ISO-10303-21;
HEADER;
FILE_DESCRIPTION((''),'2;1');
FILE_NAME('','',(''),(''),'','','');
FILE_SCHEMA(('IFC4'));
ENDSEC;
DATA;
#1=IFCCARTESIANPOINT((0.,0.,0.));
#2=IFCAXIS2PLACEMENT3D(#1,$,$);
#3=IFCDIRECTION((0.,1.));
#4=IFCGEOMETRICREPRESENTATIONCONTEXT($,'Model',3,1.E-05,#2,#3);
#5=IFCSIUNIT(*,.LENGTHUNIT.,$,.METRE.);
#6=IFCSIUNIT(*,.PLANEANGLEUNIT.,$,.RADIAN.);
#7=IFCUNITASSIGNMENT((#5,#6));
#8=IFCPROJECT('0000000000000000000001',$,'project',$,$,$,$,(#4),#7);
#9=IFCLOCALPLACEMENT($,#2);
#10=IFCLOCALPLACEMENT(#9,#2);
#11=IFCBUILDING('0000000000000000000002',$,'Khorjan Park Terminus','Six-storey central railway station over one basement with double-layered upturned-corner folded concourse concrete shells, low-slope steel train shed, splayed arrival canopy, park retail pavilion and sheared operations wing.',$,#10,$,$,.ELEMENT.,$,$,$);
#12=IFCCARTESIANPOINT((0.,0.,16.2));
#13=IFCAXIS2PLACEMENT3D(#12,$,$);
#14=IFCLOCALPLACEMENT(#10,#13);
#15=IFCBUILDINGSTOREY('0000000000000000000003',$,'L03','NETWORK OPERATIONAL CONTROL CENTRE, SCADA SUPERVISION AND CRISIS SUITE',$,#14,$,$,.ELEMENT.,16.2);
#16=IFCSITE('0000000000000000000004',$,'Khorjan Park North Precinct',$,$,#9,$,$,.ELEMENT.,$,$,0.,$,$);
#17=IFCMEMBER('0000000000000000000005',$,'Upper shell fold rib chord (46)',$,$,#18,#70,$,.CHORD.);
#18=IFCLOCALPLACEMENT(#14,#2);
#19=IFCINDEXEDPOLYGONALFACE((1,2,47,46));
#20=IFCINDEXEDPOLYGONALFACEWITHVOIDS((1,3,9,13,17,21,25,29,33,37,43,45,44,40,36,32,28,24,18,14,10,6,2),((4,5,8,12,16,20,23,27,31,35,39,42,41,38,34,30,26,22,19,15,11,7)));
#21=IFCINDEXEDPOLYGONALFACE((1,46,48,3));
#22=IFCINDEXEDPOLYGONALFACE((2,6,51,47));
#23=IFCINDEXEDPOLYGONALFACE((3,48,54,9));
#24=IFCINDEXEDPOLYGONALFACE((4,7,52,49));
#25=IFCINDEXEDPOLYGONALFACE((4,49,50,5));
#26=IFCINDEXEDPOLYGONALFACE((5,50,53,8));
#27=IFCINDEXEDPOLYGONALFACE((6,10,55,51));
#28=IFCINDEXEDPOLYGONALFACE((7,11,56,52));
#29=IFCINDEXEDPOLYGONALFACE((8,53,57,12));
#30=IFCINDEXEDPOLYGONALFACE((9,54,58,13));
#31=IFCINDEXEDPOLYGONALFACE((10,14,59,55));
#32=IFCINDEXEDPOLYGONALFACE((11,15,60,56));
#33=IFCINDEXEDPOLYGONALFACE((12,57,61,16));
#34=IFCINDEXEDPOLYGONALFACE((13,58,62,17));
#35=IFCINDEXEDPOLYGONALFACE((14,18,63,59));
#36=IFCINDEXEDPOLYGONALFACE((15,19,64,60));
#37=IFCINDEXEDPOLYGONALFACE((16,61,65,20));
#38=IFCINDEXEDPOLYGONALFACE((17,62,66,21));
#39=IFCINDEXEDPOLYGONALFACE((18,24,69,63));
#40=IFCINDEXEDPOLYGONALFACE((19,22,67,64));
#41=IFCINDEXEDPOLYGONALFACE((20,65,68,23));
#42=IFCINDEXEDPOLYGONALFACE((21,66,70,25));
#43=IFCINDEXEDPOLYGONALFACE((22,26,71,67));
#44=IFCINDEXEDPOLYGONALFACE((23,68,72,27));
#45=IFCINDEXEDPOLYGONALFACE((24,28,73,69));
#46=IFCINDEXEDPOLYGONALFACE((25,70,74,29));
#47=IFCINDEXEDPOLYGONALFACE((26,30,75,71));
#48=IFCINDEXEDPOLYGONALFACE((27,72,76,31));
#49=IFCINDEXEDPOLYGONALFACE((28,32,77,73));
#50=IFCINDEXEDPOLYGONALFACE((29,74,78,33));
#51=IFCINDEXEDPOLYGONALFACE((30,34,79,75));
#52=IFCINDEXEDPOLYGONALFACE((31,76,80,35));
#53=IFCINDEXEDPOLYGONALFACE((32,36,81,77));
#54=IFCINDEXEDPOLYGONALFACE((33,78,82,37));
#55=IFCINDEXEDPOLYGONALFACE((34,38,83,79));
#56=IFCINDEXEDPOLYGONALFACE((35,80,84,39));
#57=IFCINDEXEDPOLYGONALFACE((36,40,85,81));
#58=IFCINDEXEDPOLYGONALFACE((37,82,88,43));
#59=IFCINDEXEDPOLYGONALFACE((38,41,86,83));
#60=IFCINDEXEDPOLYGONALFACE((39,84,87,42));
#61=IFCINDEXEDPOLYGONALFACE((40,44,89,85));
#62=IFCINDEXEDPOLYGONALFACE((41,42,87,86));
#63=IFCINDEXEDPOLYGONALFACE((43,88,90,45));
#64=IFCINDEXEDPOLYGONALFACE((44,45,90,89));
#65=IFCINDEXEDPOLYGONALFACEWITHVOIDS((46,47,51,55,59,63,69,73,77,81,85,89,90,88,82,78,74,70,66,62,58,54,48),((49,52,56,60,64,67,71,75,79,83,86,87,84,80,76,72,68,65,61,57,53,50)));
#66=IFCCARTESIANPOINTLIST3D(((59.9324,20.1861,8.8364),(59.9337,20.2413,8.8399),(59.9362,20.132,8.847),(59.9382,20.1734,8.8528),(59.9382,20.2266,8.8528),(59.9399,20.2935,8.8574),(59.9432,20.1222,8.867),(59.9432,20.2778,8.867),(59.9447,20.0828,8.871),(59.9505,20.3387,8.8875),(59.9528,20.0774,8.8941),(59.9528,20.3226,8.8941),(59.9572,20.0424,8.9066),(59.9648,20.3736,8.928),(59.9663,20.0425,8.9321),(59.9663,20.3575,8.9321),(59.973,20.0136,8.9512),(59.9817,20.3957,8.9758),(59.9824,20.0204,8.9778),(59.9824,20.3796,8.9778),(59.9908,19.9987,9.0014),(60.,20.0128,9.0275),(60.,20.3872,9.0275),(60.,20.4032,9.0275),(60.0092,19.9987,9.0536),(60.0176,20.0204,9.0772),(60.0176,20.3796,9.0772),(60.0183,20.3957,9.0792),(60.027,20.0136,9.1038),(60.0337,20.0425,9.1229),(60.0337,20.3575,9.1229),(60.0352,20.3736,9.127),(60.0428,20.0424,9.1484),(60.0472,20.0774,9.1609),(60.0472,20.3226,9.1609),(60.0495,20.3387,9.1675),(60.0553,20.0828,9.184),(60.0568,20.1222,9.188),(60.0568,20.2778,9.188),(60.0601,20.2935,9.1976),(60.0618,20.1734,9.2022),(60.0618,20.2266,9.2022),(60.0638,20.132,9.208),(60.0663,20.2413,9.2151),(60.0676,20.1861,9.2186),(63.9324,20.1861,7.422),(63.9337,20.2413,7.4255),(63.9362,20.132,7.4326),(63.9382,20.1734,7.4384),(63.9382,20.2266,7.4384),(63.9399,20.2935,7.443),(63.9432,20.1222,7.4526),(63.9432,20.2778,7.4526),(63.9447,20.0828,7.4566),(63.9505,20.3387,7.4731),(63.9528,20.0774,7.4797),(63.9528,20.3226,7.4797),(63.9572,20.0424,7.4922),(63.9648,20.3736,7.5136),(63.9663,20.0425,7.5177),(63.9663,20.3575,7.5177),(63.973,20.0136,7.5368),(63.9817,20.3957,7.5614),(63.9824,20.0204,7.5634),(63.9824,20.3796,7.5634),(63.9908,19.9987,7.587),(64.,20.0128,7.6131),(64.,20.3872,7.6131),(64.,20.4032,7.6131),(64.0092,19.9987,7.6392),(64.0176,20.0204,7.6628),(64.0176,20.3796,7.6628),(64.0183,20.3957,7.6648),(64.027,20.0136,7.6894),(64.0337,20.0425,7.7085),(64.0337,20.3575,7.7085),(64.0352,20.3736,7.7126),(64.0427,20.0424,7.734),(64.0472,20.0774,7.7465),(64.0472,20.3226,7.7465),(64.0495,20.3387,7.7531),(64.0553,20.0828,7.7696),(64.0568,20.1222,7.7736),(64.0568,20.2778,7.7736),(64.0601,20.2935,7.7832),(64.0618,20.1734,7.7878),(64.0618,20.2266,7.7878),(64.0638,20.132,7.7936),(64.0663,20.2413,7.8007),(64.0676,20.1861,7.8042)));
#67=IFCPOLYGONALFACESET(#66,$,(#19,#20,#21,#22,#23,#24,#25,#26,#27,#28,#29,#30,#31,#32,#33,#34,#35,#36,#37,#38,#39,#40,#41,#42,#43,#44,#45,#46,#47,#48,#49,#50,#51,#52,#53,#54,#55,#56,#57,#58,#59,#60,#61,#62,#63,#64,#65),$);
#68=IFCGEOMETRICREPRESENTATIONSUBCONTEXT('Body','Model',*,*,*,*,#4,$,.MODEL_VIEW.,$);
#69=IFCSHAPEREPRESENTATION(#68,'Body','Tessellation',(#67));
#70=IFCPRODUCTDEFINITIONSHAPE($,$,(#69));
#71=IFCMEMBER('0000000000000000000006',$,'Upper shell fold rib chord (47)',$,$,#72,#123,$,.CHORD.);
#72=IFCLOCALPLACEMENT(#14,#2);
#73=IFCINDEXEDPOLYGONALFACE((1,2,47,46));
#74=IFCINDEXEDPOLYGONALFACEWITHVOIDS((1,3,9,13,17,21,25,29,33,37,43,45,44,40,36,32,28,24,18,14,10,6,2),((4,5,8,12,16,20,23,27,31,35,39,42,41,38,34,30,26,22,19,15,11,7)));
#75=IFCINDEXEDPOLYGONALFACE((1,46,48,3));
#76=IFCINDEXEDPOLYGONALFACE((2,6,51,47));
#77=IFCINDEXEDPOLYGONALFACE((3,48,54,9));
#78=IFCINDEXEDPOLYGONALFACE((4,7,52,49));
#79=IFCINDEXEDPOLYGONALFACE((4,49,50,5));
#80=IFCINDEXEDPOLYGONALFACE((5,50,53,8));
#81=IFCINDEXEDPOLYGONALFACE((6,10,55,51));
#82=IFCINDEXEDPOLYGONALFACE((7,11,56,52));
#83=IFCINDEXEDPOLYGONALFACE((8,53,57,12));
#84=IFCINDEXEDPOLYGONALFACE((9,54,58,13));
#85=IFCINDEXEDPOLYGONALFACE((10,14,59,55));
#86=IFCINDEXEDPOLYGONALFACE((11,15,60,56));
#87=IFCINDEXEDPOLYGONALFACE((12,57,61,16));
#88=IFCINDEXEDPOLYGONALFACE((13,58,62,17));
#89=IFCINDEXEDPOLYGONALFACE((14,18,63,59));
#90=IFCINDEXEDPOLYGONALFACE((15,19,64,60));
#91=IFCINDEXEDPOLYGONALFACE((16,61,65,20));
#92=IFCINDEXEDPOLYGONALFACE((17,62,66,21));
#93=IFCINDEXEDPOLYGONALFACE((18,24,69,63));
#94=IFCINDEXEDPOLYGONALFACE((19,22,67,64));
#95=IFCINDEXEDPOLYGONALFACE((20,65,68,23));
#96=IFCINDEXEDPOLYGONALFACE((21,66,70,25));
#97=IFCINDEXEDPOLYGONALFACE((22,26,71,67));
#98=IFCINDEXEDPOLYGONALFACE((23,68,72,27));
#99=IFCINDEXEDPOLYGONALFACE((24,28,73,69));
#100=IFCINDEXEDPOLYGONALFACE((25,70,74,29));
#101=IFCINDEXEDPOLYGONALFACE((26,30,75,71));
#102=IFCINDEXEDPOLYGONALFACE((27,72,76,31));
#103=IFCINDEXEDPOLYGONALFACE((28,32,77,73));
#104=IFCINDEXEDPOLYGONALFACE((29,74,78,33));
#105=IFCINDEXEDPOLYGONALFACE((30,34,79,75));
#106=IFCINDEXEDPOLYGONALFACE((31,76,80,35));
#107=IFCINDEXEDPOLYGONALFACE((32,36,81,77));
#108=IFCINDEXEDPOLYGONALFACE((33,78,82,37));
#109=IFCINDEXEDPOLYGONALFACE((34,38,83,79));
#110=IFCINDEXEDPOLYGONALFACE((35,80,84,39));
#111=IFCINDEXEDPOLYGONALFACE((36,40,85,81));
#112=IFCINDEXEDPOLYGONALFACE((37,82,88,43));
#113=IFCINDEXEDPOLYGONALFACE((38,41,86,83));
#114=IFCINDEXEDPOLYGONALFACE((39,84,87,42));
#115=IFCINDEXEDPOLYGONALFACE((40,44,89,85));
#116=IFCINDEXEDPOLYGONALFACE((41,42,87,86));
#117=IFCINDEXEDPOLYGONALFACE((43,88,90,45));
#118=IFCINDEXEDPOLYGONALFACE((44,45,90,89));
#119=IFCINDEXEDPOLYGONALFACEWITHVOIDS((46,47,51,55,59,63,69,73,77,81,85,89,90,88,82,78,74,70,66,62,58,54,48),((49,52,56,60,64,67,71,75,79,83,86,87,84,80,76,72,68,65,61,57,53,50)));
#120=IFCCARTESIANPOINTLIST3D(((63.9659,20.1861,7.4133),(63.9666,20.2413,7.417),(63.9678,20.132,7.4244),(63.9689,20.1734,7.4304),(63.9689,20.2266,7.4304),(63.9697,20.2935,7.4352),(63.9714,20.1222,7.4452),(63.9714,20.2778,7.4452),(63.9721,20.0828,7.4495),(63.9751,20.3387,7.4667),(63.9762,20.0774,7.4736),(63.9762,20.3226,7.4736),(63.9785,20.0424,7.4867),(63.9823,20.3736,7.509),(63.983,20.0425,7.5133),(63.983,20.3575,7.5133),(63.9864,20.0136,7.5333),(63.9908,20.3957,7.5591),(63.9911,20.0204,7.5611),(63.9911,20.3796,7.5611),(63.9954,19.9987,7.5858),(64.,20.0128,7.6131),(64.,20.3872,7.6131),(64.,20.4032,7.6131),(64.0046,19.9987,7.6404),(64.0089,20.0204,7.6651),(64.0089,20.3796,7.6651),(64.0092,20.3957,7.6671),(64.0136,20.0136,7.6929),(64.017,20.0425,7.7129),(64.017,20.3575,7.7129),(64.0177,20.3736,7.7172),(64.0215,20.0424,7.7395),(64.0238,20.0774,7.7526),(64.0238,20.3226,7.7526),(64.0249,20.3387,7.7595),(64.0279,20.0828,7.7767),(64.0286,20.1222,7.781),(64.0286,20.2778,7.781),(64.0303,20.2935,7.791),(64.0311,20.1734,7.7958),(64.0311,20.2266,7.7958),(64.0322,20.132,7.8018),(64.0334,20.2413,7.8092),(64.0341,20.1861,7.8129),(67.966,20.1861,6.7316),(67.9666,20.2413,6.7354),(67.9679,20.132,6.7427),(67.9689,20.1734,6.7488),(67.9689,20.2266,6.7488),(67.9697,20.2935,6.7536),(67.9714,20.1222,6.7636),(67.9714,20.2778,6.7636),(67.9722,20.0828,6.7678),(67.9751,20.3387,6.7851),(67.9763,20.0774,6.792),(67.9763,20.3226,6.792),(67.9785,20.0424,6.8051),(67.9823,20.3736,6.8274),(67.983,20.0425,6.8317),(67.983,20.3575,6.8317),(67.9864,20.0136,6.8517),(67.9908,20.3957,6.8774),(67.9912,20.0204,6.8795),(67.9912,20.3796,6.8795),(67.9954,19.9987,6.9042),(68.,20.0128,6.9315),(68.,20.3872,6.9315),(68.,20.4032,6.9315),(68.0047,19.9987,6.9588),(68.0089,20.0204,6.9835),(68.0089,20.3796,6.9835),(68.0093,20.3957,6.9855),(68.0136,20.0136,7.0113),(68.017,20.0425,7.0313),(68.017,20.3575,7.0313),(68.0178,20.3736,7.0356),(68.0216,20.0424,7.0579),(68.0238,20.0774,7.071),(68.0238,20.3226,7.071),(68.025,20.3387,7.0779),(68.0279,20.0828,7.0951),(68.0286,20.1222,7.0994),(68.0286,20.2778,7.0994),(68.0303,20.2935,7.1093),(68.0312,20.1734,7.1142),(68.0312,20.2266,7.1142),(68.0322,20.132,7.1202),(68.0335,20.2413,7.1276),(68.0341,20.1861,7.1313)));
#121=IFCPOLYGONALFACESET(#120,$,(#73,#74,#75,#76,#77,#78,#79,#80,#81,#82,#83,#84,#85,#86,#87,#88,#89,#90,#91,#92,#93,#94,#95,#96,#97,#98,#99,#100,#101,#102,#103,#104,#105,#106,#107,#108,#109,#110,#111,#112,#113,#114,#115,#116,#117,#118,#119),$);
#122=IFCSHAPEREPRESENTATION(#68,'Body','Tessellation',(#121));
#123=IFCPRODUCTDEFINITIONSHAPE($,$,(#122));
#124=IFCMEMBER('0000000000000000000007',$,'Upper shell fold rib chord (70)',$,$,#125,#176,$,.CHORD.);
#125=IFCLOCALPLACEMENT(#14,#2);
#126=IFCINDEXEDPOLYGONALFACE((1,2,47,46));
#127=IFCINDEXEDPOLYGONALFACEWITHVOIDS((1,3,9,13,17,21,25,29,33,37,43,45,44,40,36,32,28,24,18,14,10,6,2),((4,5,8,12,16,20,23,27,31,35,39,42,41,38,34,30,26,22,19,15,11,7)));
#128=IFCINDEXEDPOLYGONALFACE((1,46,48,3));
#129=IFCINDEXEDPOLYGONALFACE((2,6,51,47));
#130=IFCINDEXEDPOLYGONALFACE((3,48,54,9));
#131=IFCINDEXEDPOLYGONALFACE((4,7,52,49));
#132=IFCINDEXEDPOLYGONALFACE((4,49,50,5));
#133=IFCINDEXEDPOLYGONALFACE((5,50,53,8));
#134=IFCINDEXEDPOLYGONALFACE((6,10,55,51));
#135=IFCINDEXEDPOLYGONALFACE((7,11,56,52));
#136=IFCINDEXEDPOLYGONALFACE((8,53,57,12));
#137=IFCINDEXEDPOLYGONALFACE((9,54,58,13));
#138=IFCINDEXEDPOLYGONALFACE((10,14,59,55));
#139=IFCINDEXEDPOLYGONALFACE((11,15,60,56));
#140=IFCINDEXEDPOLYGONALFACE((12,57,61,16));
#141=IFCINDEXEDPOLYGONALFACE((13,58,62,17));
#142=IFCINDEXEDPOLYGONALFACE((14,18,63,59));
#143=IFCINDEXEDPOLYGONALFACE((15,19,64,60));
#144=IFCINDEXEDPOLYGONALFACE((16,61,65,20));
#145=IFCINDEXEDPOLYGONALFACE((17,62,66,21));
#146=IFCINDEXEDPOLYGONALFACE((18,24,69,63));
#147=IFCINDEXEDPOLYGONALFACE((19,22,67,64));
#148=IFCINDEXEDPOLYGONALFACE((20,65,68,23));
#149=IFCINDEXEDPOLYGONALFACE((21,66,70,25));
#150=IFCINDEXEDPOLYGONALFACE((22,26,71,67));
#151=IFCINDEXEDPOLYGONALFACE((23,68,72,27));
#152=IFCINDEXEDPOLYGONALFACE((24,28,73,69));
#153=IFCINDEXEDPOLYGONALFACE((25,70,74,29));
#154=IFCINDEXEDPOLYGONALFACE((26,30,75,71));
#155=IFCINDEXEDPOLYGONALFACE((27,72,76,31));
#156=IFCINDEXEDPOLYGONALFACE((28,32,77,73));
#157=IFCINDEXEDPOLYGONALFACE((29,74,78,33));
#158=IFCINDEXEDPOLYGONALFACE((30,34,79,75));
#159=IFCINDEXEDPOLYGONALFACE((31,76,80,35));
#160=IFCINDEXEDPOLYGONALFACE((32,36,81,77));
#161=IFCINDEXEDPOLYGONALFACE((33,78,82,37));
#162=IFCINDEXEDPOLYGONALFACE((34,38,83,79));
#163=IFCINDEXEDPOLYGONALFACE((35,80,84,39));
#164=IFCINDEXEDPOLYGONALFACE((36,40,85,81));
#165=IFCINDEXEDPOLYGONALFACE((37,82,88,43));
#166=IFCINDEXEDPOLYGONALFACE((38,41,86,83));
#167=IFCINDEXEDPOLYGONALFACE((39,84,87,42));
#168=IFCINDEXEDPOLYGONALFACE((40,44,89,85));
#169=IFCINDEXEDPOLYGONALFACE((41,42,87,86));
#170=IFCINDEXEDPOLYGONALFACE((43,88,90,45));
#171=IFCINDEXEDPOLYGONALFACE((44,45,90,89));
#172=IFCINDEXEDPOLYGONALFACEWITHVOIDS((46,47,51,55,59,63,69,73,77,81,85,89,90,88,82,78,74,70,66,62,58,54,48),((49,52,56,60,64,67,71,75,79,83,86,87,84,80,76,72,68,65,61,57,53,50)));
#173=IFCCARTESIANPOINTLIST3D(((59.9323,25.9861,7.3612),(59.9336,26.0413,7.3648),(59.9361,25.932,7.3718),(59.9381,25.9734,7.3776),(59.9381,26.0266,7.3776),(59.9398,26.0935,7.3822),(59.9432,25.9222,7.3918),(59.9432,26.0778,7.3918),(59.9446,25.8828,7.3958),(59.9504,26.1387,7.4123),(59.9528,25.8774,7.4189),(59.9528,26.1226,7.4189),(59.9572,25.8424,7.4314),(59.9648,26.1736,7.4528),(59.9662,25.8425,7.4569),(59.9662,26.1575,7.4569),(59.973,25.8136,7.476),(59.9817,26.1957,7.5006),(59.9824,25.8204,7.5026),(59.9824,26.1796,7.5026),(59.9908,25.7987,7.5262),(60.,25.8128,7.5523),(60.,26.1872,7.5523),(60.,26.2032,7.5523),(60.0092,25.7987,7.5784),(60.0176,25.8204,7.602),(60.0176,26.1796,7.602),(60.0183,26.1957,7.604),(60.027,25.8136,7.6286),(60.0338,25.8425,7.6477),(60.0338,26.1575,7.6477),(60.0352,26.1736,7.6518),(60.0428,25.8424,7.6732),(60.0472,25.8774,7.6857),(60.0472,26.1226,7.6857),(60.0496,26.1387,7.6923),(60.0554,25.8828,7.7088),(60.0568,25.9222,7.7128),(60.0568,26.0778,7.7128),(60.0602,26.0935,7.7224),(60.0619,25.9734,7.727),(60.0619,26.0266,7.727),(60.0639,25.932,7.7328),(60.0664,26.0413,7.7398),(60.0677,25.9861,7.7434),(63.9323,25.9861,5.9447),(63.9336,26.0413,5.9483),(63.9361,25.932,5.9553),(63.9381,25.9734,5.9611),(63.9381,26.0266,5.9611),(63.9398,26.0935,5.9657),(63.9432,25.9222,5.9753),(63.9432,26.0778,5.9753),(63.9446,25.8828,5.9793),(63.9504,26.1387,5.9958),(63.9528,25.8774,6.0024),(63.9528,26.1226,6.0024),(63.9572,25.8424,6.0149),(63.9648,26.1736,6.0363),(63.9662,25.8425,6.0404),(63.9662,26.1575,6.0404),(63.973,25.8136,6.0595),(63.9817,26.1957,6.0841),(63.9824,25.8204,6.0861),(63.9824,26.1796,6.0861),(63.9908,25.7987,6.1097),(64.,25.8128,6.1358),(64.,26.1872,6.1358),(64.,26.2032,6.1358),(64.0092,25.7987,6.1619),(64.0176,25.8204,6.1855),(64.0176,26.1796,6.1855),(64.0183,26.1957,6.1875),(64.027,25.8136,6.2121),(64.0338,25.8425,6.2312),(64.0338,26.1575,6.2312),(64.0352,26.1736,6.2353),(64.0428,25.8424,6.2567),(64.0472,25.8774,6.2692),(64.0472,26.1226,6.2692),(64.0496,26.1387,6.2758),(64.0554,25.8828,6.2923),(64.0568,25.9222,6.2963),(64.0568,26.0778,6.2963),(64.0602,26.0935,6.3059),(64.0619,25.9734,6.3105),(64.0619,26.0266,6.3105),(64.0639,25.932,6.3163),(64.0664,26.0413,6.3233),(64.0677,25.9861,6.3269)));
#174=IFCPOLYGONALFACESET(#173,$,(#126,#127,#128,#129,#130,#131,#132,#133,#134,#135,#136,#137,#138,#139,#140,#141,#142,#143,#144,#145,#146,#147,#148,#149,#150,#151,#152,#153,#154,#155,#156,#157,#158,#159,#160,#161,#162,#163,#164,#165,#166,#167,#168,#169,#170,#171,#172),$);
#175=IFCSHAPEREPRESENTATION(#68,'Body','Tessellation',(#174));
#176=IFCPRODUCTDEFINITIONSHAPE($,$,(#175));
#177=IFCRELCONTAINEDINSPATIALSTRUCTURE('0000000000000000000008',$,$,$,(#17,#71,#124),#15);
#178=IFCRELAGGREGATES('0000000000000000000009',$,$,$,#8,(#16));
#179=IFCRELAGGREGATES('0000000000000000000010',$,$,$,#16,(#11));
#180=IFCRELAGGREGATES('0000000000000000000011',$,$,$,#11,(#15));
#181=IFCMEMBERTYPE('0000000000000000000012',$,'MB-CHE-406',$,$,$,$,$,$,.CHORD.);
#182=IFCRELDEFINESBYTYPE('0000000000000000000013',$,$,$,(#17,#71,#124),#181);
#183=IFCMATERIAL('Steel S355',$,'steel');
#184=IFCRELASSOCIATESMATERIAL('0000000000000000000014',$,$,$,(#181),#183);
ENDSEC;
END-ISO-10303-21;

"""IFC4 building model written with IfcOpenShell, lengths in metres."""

from ifc_helpers import new_model, si_unit, direction, frame, origin, origin_2d, place, context, subcontext, project, spatial, hollow_circle, extrude, material, material_profile, profile_set, type_object, element, save


model = new_model("IFC4")

# Units and contexts
model_context = context("Model", 3, precision=1e-05, world=origin(), true_north=direction((0.0, 1.0)))
body_context = subcontext(model_context, "Body", "Model", "MODEL_VIEW")
ifc_project = project(units=[si_unit("LENGTHUNIT", "METRE"), si_unit("PLANEANGLEUNIT", "RADIAN")], contexts=[model_context])

# Site, building, storey
site_placement = place(None, origin())
site = spatial("IfcSite", under=ifc_project, at=site_placement, Name="Khorjan Park North Precinct", CompositionType="ELEMENT", RefElevation=0.0)
building_placement = place(site_placement, origin())
building = spatial("IfcBuilding", under=site, at=building_placement, Name="Khorjan Park Terminus", Description="Six-storey central railway station over one basement with double-layered upturned-corner folded concourse concrete shells, low-slope steel train shed, splayed arrival canopy, park retail pavilion and sheared operations wing.", CompositionType="ELEMENT")
storey_placement = place(building_placement, frame((0.0, 0.0, 16.2)))
storey = spatial("IfcBuildingStorey", under=building, at=storey_placement, Name="L03", Description="NETWORK OPERATIONAL CONTROL CENTRE, SCADA SUPERVISION AND CRISIS SUITE", CompositionType="ELEMENT", Elevation=16.2)

# Members
ifc_material_1 = material(Name="Steel S355", Category="steel")
ifc_material_profile_1 = material_profile(ifc_material_1, hollow_circle(Radius=0.2032, WallThickness=0.016, at=origin_2d()), Name="CHS 406.4x16")
ifc_profile_set_1 = profile_set([ifc_material_profile_1], Name="Steel S355")
member_type_1 = type_object("IfcMemberType", Name="MB-CHE-406", PredefinedType="CHORD", material=ifc_profile_set_1)
member_1_placement = place(storey_placement, frame((60.0, 20.2, 9.0275), z_axis=(0.942795, 0.0, -0.333372), x_axis=(0.0, 1.0, 0.0)))
element("IfcMember", 1, at=member_1_placement, inside=storey, type_object=member_type_1, Name="Upper shell fold rib chord (46)", PredefinedType="CHORD", context=body_context, shape_type="SweptSolid", body=[
    extrude(hollow_circle(Radius=0.2032, WallThickness=0.016, at=origin_2d()), origin(), (0.0, 0.0, 1.0), 4.2427),
])
member_2_placement = place(storey_placement, frame((64.0, 20.2, 7.6131), z_axis=(0.985791, 0.0, -0.167979), x_axis=(0.0, 1.0, 0.0)))
element("IfcMember", 2, at=member_2_placement, inside=storey, type_object=member_type_1, Name="Upper shell fold rib chord (47)", PredefinedType="CHORD", context=body_context, shape_type="SweptSolid", body=[
    extrude(hollow_circle(Radius=0.2032, WallThickness=0.016, at=origin_2d()), origin(), (0.0, 0.0, 1.0), 4.0577),
])
member_3_placement = place(storey_placement, frame((60.0, 26.0, 7.5523), z_axis=(0.94264, 0.0, -0.333812), x_axis=(0.0, 1.0, 0.0)))
element("IfcMember", 3, at=member_3_placement, inside=storey, type_object=member_type_1, Name="Upper shell fold rib chord (70)", PredefinedType="CHORD", context=body_context, shape_type="SweptSolid", body=[
    extrude(hollow_circle(Radius=0.2032, WallThickness=0.016, at=origin_2d()), origin(), (0.0, 0.0, 1.0), 4.2434),
])

save(model, "model.ifc")
